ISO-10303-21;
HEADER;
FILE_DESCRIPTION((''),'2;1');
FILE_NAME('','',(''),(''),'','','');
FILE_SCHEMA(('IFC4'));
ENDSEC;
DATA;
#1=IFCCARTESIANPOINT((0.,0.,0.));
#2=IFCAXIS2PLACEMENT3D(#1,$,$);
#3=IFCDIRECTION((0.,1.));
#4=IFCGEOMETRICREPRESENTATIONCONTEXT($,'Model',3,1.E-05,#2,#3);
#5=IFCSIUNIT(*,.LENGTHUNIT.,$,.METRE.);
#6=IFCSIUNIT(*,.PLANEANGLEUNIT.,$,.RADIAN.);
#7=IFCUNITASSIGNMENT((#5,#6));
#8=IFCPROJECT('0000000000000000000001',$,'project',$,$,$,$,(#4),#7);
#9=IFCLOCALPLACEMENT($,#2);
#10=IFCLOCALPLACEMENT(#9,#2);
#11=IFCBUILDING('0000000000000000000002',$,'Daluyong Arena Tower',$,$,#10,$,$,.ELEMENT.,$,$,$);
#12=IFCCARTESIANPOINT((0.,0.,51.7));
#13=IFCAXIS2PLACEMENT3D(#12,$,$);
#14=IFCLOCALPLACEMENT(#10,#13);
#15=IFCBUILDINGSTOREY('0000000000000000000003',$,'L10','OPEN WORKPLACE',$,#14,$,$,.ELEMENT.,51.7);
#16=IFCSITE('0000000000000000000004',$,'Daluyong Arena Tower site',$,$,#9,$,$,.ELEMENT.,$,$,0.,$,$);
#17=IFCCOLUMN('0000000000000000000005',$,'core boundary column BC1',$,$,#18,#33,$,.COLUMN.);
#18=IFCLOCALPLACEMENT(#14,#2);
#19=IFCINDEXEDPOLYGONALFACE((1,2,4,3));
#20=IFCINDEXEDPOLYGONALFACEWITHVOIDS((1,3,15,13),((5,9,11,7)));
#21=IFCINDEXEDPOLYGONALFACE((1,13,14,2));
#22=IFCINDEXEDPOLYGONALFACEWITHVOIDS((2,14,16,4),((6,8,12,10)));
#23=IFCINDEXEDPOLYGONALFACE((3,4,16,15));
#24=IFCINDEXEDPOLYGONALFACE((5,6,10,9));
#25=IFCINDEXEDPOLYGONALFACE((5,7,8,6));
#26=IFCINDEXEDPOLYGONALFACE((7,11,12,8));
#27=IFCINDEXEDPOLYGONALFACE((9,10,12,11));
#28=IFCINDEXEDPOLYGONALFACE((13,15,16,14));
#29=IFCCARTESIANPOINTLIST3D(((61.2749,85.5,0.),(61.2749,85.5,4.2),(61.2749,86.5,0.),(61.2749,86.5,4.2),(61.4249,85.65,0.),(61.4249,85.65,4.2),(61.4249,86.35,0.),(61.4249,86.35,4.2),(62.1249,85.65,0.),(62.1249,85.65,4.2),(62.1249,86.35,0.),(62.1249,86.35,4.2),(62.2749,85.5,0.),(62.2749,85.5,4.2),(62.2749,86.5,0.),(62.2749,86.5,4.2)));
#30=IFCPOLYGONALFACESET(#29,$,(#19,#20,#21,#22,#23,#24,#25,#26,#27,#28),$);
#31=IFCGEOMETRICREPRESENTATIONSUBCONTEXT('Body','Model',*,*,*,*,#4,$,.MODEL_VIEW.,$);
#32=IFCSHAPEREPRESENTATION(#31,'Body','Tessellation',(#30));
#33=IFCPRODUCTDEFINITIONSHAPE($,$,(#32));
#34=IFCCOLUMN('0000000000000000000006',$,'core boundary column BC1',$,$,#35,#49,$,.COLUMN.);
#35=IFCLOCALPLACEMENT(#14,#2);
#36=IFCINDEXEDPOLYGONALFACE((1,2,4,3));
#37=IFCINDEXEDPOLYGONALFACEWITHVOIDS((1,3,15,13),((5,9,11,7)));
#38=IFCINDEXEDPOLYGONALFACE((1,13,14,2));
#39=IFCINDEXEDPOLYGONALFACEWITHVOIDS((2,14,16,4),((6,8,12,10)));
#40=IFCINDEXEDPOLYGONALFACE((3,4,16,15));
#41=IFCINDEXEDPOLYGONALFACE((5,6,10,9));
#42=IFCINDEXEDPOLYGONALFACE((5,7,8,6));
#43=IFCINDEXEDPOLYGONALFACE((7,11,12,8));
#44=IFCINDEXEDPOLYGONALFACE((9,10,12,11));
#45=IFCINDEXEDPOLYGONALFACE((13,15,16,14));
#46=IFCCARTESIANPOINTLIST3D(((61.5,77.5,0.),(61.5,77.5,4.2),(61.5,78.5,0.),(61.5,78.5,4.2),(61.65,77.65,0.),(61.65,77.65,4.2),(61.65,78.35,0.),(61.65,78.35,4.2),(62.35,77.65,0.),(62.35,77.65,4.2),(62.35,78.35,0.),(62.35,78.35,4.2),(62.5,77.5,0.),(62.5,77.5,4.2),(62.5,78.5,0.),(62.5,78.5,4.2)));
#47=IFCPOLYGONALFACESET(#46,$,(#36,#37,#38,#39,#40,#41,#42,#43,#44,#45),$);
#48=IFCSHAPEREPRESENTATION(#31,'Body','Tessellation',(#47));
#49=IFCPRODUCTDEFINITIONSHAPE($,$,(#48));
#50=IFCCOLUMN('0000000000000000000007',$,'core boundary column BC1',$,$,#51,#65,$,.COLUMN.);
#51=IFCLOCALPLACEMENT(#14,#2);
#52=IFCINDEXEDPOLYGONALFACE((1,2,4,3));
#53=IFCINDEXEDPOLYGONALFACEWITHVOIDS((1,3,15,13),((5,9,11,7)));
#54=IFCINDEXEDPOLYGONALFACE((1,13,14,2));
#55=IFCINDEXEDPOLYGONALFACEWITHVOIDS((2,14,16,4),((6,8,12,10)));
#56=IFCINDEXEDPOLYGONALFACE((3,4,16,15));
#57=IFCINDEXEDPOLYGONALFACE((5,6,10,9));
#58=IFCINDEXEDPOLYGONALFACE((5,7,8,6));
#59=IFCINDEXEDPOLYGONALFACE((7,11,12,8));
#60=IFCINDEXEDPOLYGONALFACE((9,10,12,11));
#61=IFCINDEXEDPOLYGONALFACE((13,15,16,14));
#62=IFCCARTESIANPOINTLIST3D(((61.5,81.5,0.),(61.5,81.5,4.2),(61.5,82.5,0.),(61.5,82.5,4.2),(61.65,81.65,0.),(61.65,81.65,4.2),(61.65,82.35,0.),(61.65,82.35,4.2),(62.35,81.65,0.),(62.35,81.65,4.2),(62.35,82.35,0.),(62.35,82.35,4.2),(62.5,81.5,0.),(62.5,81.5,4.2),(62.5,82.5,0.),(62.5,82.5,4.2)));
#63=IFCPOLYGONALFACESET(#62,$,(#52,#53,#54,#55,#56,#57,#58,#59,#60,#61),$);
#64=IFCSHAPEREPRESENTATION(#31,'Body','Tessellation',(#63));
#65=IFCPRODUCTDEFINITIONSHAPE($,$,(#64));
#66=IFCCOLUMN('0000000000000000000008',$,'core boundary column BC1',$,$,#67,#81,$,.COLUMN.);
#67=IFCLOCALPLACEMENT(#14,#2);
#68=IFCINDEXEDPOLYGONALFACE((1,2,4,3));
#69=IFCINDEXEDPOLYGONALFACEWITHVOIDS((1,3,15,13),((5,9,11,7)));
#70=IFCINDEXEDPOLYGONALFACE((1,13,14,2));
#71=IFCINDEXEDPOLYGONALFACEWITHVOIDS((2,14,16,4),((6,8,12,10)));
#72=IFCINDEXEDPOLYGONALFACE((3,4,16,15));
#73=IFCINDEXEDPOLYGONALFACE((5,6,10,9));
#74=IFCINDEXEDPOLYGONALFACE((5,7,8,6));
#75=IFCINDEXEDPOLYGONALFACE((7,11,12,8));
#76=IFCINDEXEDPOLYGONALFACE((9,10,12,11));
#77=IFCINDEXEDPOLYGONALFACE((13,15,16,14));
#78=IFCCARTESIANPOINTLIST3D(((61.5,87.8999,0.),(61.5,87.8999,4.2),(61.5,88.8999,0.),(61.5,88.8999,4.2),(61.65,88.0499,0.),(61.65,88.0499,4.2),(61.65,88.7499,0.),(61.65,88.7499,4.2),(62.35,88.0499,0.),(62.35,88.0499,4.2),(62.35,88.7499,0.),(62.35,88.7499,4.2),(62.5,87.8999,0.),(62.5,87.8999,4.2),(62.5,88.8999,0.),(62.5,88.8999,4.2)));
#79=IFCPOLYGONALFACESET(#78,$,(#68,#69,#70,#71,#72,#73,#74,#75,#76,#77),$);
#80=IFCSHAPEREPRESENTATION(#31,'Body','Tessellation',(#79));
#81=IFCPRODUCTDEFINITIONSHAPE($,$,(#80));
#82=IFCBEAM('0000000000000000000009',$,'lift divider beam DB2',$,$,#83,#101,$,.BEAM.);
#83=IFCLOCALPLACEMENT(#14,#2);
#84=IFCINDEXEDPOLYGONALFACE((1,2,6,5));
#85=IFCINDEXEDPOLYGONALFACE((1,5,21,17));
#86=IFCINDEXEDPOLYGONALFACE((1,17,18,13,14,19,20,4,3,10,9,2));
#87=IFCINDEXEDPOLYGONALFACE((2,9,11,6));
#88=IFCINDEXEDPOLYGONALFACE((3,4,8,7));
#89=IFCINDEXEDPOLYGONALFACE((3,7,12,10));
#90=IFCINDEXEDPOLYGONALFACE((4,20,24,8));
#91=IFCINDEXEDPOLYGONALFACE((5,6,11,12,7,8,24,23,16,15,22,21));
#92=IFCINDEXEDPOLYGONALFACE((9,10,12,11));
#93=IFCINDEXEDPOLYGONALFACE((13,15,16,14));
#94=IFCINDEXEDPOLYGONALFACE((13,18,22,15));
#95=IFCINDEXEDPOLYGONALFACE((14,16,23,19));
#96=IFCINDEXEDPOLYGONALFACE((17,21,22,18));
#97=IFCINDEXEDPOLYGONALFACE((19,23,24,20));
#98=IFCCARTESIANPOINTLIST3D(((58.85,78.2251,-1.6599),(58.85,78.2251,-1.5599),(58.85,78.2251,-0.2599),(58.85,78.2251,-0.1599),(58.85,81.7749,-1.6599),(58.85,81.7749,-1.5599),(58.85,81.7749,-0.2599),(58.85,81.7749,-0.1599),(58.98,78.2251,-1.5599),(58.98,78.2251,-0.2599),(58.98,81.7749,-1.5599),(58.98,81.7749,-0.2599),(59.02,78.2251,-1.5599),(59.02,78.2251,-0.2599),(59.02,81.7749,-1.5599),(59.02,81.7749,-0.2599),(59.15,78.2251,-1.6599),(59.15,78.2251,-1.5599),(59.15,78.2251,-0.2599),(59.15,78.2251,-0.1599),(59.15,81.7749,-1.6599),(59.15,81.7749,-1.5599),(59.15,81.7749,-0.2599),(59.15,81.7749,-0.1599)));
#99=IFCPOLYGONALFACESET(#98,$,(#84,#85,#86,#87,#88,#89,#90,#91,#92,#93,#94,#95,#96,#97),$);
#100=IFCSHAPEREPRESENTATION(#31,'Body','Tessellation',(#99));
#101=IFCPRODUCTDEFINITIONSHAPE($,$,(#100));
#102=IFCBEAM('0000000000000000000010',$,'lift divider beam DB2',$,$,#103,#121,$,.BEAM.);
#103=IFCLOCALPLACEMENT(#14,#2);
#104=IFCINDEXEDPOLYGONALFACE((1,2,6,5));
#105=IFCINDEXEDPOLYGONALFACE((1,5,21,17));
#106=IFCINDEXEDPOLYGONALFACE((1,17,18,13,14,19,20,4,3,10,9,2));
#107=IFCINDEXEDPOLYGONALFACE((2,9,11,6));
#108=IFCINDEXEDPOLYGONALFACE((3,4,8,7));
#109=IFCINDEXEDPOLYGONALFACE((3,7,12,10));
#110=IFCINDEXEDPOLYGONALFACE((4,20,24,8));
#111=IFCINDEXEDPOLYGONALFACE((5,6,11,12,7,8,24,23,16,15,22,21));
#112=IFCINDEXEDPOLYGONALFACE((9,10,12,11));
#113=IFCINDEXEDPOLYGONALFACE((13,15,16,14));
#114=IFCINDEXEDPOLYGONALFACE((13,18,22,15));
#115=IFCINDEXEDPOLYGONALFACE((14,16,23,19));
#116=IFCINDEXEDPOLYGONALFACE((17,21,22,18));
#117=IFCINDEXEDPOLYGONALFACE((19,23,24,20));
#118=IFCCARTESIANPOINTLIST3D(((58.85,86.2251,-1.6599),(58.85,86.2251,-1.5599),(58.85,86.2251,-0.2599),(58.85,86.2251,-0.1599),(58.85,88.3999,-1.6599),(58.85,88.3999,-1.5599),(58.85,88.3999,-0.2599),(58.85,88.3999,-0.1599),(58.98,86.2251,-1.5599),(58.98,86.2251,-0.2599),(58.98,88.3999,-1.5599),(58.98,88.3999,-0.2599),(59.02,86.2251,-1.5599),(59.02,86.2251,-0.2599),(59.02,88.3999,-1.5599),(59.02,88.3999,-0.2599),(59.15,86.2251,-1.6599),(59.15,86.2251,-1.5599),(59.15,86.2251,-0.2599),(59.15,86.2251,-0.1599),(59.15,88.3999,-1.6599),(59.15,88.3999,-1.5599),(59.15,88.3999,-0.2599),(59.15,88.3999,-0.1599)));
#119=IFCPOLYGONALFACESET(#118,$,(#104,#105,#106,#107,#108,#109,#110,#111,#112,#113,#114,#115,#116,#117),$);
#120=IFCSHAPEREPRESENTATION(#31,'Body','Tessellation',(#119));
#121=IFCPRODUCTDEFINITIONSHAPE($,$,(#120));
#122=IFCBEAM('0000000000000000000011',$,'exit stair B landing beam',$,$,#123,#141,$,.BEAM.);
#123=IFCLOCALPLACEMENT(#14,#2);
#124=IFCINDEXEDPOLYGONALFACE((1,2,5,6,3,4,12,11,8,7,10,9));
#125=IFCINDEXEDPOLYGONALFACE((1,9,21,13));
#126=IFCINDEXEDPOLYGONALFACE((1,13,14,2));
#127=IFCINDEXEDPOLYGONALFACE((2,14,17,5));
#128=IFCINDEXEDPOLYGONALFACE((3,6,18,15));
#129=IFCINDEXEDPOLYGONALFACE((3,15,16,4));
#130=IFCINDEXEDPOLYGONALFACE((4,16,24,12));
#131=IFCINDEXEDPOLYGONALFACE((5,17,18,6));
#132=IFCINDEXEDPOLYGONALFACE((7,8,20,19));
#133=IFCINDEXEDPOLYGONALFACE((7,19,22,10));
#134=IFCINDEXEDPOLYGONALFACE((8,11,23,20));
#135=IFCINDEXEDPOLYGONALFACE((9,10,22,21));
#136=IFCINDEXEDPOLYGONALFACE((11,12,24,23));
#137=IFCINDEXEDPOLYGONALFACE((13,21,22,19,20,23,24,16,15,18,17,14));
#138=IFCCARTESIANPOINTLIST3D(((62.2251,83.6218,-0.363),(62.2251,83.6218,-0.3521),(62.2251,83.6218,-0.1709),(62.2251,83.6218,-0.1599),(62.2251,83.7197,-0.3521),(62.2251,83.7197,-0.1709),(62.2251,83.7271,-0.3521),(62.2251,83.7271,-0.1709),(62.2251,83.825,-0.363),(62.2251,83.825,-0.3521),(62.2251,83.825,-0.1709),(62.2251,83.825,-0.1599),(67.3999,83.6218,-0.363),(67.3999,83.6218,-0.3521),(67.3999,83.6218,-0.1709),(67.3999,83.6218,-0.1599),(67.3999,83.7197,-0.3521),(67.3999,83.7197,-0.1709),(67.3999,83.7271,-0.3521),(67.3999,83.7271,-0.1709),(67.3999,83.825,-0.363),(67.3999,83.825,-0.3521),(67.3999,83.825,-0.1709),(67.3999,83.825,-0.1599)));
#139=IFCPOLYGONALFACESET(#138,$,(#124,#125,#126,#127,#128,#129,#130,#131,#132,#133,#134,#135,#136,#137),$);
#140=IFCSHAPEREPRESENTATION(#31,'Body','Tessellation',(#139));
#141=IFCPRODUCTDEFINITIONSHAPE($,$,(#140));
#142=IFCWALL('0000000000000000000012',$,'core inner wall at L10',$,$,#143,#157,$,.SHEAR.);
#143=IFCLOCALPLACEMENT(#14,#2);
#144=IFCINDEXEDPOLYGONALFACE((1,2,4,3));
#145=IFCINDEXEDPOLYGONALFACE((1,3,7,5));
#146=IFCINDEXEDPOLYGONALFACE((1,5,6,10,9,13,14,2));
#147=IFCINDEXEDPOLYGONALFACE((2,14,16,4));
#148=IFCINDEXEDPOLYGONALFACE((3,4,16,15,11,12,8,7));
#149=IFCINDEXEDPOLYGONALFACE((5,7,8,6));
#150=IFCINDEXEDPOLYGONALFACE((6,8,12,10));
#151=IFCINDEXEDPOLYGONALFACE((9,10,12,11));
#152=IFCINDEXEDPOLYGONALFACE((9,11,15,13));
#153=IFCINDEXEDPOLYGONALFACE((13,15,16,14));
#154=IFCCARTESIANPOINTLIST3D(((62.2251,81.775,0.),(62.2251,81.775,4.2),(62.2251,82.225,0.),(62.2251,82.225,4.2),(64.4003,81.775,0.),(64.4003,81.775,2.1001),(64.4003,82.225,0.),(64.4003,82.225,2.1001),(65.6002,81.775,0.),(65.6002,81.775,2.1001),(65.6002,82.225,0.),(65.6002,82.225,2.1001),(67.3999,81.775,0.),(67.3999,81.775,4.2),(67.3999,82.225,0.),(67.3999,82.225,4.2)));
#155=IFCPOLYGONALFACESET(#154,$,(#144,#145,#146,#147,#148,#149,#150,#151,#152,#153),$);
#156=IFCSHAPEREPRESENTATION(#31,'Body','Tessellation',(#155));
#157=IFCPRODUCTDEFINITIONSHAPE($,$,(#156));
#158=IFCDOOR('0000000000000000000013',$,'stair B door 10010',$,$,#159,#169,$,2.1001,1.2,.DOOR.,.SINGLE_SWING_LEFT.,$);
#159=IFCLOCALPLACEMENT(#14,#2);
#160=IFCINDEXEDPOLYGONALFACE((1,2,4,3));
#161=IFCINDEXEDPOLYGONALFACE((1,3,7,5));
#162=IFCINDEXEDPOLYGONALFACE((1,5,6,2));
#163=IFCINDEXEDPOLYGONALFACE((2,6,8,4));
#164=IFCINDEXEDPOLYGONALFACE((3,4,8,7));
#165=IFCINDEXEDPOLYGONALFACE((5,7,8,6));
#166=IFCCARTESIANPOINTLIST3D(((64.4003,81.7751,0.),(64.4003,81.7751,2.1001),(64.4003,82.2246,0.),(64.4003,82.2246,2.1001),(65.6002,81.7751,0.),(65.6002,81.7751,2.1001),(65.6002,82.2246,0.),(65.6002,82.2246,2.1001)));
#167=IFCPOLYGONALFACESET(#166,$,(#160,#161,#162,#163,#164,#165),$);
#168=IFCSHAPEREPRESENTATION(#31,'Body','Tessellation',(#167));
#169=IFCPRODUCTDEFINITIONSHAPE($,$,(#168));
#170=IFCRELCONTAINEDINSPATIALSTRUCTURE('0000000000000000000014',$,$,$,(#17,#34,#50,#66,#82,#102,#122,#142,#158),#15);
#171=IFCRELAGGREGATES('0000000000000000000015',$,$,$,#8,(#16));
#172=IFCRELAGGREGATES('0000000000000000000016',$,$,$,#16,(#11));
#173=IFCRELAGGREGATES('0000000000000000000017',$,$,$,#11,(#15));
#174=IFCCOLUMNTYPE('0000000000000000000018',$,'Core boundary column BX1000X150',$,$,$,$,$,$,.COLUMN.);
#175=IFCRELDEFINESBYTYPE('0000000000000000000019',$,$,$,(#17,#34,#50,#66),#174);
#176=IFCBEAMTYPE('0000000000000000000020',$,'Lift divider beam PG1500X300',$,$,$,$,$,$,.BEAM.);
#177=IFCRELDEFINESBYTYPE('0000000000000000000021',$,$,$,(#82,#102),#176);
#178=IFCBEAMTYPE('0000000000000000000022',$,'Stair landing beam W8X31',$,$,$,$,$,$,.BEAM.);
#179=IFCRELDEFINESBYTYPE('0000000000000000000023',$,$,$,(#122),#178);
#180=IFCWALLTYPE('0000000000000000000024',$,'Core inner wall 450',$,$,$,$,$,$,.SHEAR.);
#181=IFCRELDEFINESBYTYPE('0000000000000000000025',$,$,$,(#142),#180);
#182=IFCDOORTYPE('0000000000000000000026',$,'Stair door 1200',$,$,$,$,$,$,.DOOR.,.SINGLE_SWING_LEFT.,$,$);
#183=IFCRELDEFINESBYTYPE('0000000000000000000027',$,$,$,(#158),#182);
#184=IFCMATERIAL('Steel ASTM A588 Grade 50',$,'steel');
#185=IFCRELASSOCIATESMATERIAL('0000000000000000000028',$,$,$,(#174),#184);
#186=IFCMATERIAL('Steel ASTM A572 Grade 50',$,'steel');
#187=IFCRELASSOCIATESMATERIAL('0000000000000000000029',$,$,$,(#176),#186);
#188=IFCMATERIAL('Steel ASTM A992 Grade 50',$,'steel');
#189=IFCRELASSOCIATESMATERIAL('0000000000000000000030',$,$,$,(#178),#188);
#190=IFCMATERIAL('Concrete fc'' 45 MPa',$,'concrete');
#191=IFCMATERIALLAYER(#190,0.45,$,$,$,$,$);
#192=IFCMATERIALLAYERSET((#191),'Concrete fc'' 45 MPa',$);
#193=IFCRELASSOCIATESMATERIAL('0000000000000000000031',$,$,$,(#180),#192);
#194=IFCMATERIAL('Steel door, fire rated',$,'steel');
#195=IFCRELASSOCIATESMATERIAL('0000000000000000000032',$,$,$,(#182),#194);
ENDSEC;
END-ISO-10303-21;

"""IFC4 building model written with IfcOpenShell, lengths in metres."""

from ifc_helpers import new_model, si_unit, direction, frame, frame_2d, origin, origin_2d, place, context, subcontext, project, spatial, rectangle, hollow_rectangle, i_section, extrude, material, layer, layer_set, material_profile, profile_set, type_object, element, fill, save


model = new_model("IFC4")

# Units and contexts
model_context = context("Model", 3, precision=1e-05, world=origin(), true_north=direction((0.0, 1.0)))
body_context = subcontext(model_context, "Body", "Model", "MODEL_VIEW")
ifc_project = project(units=[si_unit("LENGTHUNIT", "METRE"), si_unit("PLANEANGLEUNIT", "RADIAN")], contexts=[model_context])

# Site, building, storey
site_placement = place(None, origin())
site = spatial("IfcSite", under=ifc_project, at=site_placement, Name="Daluyong Arena Tower site", CompositionType="ELEMENT", RefElevation=0.0)
building_placement = place(site_placement, origin())
building = spatial("IfcBuilding", under=site, at=building_placement, Name="Daluyong Arena Tower", CompositionType="ELEMENT")
storey_placement = place(building_placement, frame((0.0, 0.0, 51.7)))
storey = spatial("IfcBuildingStorey", under=building, at=storey_placement, Name="L10", Description="OPEN WORKPLACE", CompositionType="ELEMENT", Elevation=51.7)

# Columns
ifc_material_1 = material(Name="Steel ASTM A588 Grade 50", Category="steel")
ifc_material_profile_1 = material_profile(ifc_material_1, hollow_rectangle(XDim=1.0, YDim=1.0, WallThickness=0.15, at=origin_2d()))
ifc_profile_set_1 = profile_set([ifc_material_profile_1], Name="Steel ASTM A588 Grade 50")
column_type = type_object("IfcColumnType", Name="Core boundary column BX1000X150", PredefinedType="COLUMN", material=ifc_profile_set_1)
for number, where, z_axis, x_axis, name in (
    (1, (61.7749, 86.0, 0.0), (0.0, 0.0, 1.0), (1.0, 0.0, 0.0), "core boundary column BC1"),
    (2, (62.0, 78.0, 0.0), (0.0, 0.0, 1.0), (1.0, 0.0, 0.0), "core boundary column BC1"),
    (3, (62.0, 82.0, 0.0), (0.0, 0.0, 1.0), (1.0, 0.0, 0.0), "core boundary column BC1"),
    (4, (62.0, 88.3999, 0.0), (0.0, 0.0, 1.0), (1.0, 0.0, 0.0), "core boundary column BC1"),
):
    element("IfcColumn", number, at=place(storey_placement, frame(where, z_axis=z_axis, x_axis=x_axis)), inside=storey, type_object=column_type, Name=name, PredefinedType="COLUMN", context=body_context, shape_type="SweptSolid", body=[
        extrude(hollow_rectangle(XDim=1.0, YDim=1.0, WallThickness=0.15, at=origin_2d()), origin(), (0.0, 0.0, 1.0), 4.2),
    ])

# Beams
ifc_material_2 = material(Name="Steel ASTM A572 Grade 50", Category="steel")
ifc_material_profile_2 = material_profile(ifc_material_2, i_section(OverallWidth=0.3, OverallDepth=1.5, WebThickness=0.04, FlangeThickness=0.1, at=origin_2d()))
ifc_profile_set_2 = profile_set([ifc_material_profile_2], Name="Steel ASTM A572 Grade 50")
beam_type_1 = type_object("IfcBeamType", Name="Lift divider beam PG1500X300", PredefinedType="BEAM", material=ifc_profile_set_2)
beam_1_placement = place(storey_placement, frame((59.0, 78.2251, -0.9099), z_axis=(0.0, 1.0, 0.0), x_axis=(-1.0, 0.0, 0.0)))
element("IfcBeam", 5, at=beam_1_placement, inside=storey, type_object=beam_type_1, Name="lift divider beam DB2", PredefinedType="BEAM", context=body_context, shape_type="SweptSolid", body=[
    extrude(i_section(OverallWidth=0.3, OverallDepth=1.5, WebThickness=0.04, FlangeThickness=0.1, at=origin_2d()), origin(), (0.0, 0.0, 1.0), 3.5498),
])
beam_2_placement = place(storey_placement, frame((59.0, 86.2251, -0.9099), z_axis=(0.0, 1.0, 0.0), x_axis=(-1.0, 0.0, 0.0)))
element("IfcBeam", 6, at=beam_2_placement, inside=storey, type_object=beam_type_1, Name="lift divider beam DB2", PredefinedType="BEAM", context=body_context, shape_type="SweptSolid", body=[
    extrude(i_section(OverallWidth=0.3, OverallDepth=1.5, WebThickness=0.04, FlangeThickness=0.1, at=origin_2d()), origin(), (0.0, 0.0, 1.0), 2.1748),
])
ifc_material_3 = material(Name="Steel ASTM A992 Grade 50", Category="steel")
ifc_material_profile_3 = material_profile(ifc_material_3, i_section(OverallWidth=0.2031, OverallDepth=0.2031, WebThickness=0.0073, FlangeThickness=0.011, at=origin_2d()))
ifc_profile_set_3 = profile_set([ifc_material_profile_3], Name="Steel ASTM A992 Grade 50")
beam_type_2 = type_object("IfcBeamType", Name="Stair landing beam W8X31", PredefinedType="BEAM", material=ifc_profile_set_3)
beam_3_placement = place(storey_placement, frame((62.2251, 83.7234, -0.2615), z_axis=(1.0, 0.0, 0.0), x_axis=(0.0, 1.0, 0.0)))
element("IfcBeam", 7, at=beam_3_placement, inside=storey, type_object=beam_type_2, Name="exit stair B landing beam", PredefinedType="BEAM", context=body_context, shape_type="SweptSolid", body=[
    extrude(i_section(OverallWidth=0.2031, OverallDepth=0.2031, WebThickness=0.0073, FlangeThickness=0.011, at=origin_2d()), origin(), (0.0, 0.0, 1.0), 5.1748),
])

# Wall, opening, door
ifc_material_4 = material(Name="Concrete fc' 45 MPa", Category="concrete")
ifc_layer_1 = layer(ifc_material_4, 0.45)
ifc_layer_set_1 = layer_set([ifc_layer_1], Name="Concrete fc' 45 MPa")
wall_type_1 = type_object("IfcWallType", Name="Core inner wall 450", PredefinedType="SHEAR", material=ifc_layer_set_1)
wall_1_placement = place(storey_placement, frame((62.2251, 82.0, 0.0), z_axis=(0.0, 0.0, 1.0), x_axis=(1.0, 0.0, 0.0)))
wall_1 = element("IfcWall", 8, at=wall_1_placement, inside=storey, type_object=wall_type_1, Name="core inner wall at L10", PredefinedType="SHEAR", context=body_context, shape_type="SweptSolid", body=[
    extrude(rectangle(XDim=5.1748, YDim=0.45, at=frame_2d((2.5874, 0.0))), origin(), (0.0, 0.0, 1.0), 4.2),
])
opening_1_placement = place(wall_1_placement, frame((2.175, 0.0, 0.0)))
opening_1 = element("IfcOpeningElement", 9, at=opening_1_placement, cuts=wall_1, PredefinedType="OPENING", context=body_context, shape_type="SweptSolid", body=[
    extrude(rectangle(XDim=1.2, YDim=2.1001, at=frame_2d((0.6001, 1.05))), frame((0.0, 0.2349, 0.0), z_axis=(0.0, -1.0, 0.0), x_axis=(1.0, 0.0, 0.0)), (0.0, 0.0, 1.0), 0.47),
])
ifc_material_5 = material(Name="Steel door, fire rated", Category="steel")
door_type_1 = type_object("IfcDoorType", Name="Stair door 1200", OperationType="SINGLE_SWING_LEFT", PredefinedType="DOOR", material=ifc_material_5)
door_1_placement = place(opening_1_placement, origin())
door_1 = element("IfcDoor", 10, at=door_1_placement, inside=storey, type_object=door_type_1, Name="stair B door 10010", OperationType="SINGLE_SWING_LEFT", OverallHeight=2.1001, OverallWidth=1.2, PredefinedType="DOOR", context=body_context, shape_type="SweptSolid", body=[
    extrude(rectangle(XDim=1.2, YDim=2.1001, at=frame_2d((0.6001, 1.05))), frame((0.0, 0.2246, 0.0), z_axis=(0.0, -1.0, 0.0), x_axis=(1.0, 0.0, 0.0)), (0.0, 0.0, 1.0), 0.4495),
])
fill(opening_1, door_1)

save(model, "model.ifc")
